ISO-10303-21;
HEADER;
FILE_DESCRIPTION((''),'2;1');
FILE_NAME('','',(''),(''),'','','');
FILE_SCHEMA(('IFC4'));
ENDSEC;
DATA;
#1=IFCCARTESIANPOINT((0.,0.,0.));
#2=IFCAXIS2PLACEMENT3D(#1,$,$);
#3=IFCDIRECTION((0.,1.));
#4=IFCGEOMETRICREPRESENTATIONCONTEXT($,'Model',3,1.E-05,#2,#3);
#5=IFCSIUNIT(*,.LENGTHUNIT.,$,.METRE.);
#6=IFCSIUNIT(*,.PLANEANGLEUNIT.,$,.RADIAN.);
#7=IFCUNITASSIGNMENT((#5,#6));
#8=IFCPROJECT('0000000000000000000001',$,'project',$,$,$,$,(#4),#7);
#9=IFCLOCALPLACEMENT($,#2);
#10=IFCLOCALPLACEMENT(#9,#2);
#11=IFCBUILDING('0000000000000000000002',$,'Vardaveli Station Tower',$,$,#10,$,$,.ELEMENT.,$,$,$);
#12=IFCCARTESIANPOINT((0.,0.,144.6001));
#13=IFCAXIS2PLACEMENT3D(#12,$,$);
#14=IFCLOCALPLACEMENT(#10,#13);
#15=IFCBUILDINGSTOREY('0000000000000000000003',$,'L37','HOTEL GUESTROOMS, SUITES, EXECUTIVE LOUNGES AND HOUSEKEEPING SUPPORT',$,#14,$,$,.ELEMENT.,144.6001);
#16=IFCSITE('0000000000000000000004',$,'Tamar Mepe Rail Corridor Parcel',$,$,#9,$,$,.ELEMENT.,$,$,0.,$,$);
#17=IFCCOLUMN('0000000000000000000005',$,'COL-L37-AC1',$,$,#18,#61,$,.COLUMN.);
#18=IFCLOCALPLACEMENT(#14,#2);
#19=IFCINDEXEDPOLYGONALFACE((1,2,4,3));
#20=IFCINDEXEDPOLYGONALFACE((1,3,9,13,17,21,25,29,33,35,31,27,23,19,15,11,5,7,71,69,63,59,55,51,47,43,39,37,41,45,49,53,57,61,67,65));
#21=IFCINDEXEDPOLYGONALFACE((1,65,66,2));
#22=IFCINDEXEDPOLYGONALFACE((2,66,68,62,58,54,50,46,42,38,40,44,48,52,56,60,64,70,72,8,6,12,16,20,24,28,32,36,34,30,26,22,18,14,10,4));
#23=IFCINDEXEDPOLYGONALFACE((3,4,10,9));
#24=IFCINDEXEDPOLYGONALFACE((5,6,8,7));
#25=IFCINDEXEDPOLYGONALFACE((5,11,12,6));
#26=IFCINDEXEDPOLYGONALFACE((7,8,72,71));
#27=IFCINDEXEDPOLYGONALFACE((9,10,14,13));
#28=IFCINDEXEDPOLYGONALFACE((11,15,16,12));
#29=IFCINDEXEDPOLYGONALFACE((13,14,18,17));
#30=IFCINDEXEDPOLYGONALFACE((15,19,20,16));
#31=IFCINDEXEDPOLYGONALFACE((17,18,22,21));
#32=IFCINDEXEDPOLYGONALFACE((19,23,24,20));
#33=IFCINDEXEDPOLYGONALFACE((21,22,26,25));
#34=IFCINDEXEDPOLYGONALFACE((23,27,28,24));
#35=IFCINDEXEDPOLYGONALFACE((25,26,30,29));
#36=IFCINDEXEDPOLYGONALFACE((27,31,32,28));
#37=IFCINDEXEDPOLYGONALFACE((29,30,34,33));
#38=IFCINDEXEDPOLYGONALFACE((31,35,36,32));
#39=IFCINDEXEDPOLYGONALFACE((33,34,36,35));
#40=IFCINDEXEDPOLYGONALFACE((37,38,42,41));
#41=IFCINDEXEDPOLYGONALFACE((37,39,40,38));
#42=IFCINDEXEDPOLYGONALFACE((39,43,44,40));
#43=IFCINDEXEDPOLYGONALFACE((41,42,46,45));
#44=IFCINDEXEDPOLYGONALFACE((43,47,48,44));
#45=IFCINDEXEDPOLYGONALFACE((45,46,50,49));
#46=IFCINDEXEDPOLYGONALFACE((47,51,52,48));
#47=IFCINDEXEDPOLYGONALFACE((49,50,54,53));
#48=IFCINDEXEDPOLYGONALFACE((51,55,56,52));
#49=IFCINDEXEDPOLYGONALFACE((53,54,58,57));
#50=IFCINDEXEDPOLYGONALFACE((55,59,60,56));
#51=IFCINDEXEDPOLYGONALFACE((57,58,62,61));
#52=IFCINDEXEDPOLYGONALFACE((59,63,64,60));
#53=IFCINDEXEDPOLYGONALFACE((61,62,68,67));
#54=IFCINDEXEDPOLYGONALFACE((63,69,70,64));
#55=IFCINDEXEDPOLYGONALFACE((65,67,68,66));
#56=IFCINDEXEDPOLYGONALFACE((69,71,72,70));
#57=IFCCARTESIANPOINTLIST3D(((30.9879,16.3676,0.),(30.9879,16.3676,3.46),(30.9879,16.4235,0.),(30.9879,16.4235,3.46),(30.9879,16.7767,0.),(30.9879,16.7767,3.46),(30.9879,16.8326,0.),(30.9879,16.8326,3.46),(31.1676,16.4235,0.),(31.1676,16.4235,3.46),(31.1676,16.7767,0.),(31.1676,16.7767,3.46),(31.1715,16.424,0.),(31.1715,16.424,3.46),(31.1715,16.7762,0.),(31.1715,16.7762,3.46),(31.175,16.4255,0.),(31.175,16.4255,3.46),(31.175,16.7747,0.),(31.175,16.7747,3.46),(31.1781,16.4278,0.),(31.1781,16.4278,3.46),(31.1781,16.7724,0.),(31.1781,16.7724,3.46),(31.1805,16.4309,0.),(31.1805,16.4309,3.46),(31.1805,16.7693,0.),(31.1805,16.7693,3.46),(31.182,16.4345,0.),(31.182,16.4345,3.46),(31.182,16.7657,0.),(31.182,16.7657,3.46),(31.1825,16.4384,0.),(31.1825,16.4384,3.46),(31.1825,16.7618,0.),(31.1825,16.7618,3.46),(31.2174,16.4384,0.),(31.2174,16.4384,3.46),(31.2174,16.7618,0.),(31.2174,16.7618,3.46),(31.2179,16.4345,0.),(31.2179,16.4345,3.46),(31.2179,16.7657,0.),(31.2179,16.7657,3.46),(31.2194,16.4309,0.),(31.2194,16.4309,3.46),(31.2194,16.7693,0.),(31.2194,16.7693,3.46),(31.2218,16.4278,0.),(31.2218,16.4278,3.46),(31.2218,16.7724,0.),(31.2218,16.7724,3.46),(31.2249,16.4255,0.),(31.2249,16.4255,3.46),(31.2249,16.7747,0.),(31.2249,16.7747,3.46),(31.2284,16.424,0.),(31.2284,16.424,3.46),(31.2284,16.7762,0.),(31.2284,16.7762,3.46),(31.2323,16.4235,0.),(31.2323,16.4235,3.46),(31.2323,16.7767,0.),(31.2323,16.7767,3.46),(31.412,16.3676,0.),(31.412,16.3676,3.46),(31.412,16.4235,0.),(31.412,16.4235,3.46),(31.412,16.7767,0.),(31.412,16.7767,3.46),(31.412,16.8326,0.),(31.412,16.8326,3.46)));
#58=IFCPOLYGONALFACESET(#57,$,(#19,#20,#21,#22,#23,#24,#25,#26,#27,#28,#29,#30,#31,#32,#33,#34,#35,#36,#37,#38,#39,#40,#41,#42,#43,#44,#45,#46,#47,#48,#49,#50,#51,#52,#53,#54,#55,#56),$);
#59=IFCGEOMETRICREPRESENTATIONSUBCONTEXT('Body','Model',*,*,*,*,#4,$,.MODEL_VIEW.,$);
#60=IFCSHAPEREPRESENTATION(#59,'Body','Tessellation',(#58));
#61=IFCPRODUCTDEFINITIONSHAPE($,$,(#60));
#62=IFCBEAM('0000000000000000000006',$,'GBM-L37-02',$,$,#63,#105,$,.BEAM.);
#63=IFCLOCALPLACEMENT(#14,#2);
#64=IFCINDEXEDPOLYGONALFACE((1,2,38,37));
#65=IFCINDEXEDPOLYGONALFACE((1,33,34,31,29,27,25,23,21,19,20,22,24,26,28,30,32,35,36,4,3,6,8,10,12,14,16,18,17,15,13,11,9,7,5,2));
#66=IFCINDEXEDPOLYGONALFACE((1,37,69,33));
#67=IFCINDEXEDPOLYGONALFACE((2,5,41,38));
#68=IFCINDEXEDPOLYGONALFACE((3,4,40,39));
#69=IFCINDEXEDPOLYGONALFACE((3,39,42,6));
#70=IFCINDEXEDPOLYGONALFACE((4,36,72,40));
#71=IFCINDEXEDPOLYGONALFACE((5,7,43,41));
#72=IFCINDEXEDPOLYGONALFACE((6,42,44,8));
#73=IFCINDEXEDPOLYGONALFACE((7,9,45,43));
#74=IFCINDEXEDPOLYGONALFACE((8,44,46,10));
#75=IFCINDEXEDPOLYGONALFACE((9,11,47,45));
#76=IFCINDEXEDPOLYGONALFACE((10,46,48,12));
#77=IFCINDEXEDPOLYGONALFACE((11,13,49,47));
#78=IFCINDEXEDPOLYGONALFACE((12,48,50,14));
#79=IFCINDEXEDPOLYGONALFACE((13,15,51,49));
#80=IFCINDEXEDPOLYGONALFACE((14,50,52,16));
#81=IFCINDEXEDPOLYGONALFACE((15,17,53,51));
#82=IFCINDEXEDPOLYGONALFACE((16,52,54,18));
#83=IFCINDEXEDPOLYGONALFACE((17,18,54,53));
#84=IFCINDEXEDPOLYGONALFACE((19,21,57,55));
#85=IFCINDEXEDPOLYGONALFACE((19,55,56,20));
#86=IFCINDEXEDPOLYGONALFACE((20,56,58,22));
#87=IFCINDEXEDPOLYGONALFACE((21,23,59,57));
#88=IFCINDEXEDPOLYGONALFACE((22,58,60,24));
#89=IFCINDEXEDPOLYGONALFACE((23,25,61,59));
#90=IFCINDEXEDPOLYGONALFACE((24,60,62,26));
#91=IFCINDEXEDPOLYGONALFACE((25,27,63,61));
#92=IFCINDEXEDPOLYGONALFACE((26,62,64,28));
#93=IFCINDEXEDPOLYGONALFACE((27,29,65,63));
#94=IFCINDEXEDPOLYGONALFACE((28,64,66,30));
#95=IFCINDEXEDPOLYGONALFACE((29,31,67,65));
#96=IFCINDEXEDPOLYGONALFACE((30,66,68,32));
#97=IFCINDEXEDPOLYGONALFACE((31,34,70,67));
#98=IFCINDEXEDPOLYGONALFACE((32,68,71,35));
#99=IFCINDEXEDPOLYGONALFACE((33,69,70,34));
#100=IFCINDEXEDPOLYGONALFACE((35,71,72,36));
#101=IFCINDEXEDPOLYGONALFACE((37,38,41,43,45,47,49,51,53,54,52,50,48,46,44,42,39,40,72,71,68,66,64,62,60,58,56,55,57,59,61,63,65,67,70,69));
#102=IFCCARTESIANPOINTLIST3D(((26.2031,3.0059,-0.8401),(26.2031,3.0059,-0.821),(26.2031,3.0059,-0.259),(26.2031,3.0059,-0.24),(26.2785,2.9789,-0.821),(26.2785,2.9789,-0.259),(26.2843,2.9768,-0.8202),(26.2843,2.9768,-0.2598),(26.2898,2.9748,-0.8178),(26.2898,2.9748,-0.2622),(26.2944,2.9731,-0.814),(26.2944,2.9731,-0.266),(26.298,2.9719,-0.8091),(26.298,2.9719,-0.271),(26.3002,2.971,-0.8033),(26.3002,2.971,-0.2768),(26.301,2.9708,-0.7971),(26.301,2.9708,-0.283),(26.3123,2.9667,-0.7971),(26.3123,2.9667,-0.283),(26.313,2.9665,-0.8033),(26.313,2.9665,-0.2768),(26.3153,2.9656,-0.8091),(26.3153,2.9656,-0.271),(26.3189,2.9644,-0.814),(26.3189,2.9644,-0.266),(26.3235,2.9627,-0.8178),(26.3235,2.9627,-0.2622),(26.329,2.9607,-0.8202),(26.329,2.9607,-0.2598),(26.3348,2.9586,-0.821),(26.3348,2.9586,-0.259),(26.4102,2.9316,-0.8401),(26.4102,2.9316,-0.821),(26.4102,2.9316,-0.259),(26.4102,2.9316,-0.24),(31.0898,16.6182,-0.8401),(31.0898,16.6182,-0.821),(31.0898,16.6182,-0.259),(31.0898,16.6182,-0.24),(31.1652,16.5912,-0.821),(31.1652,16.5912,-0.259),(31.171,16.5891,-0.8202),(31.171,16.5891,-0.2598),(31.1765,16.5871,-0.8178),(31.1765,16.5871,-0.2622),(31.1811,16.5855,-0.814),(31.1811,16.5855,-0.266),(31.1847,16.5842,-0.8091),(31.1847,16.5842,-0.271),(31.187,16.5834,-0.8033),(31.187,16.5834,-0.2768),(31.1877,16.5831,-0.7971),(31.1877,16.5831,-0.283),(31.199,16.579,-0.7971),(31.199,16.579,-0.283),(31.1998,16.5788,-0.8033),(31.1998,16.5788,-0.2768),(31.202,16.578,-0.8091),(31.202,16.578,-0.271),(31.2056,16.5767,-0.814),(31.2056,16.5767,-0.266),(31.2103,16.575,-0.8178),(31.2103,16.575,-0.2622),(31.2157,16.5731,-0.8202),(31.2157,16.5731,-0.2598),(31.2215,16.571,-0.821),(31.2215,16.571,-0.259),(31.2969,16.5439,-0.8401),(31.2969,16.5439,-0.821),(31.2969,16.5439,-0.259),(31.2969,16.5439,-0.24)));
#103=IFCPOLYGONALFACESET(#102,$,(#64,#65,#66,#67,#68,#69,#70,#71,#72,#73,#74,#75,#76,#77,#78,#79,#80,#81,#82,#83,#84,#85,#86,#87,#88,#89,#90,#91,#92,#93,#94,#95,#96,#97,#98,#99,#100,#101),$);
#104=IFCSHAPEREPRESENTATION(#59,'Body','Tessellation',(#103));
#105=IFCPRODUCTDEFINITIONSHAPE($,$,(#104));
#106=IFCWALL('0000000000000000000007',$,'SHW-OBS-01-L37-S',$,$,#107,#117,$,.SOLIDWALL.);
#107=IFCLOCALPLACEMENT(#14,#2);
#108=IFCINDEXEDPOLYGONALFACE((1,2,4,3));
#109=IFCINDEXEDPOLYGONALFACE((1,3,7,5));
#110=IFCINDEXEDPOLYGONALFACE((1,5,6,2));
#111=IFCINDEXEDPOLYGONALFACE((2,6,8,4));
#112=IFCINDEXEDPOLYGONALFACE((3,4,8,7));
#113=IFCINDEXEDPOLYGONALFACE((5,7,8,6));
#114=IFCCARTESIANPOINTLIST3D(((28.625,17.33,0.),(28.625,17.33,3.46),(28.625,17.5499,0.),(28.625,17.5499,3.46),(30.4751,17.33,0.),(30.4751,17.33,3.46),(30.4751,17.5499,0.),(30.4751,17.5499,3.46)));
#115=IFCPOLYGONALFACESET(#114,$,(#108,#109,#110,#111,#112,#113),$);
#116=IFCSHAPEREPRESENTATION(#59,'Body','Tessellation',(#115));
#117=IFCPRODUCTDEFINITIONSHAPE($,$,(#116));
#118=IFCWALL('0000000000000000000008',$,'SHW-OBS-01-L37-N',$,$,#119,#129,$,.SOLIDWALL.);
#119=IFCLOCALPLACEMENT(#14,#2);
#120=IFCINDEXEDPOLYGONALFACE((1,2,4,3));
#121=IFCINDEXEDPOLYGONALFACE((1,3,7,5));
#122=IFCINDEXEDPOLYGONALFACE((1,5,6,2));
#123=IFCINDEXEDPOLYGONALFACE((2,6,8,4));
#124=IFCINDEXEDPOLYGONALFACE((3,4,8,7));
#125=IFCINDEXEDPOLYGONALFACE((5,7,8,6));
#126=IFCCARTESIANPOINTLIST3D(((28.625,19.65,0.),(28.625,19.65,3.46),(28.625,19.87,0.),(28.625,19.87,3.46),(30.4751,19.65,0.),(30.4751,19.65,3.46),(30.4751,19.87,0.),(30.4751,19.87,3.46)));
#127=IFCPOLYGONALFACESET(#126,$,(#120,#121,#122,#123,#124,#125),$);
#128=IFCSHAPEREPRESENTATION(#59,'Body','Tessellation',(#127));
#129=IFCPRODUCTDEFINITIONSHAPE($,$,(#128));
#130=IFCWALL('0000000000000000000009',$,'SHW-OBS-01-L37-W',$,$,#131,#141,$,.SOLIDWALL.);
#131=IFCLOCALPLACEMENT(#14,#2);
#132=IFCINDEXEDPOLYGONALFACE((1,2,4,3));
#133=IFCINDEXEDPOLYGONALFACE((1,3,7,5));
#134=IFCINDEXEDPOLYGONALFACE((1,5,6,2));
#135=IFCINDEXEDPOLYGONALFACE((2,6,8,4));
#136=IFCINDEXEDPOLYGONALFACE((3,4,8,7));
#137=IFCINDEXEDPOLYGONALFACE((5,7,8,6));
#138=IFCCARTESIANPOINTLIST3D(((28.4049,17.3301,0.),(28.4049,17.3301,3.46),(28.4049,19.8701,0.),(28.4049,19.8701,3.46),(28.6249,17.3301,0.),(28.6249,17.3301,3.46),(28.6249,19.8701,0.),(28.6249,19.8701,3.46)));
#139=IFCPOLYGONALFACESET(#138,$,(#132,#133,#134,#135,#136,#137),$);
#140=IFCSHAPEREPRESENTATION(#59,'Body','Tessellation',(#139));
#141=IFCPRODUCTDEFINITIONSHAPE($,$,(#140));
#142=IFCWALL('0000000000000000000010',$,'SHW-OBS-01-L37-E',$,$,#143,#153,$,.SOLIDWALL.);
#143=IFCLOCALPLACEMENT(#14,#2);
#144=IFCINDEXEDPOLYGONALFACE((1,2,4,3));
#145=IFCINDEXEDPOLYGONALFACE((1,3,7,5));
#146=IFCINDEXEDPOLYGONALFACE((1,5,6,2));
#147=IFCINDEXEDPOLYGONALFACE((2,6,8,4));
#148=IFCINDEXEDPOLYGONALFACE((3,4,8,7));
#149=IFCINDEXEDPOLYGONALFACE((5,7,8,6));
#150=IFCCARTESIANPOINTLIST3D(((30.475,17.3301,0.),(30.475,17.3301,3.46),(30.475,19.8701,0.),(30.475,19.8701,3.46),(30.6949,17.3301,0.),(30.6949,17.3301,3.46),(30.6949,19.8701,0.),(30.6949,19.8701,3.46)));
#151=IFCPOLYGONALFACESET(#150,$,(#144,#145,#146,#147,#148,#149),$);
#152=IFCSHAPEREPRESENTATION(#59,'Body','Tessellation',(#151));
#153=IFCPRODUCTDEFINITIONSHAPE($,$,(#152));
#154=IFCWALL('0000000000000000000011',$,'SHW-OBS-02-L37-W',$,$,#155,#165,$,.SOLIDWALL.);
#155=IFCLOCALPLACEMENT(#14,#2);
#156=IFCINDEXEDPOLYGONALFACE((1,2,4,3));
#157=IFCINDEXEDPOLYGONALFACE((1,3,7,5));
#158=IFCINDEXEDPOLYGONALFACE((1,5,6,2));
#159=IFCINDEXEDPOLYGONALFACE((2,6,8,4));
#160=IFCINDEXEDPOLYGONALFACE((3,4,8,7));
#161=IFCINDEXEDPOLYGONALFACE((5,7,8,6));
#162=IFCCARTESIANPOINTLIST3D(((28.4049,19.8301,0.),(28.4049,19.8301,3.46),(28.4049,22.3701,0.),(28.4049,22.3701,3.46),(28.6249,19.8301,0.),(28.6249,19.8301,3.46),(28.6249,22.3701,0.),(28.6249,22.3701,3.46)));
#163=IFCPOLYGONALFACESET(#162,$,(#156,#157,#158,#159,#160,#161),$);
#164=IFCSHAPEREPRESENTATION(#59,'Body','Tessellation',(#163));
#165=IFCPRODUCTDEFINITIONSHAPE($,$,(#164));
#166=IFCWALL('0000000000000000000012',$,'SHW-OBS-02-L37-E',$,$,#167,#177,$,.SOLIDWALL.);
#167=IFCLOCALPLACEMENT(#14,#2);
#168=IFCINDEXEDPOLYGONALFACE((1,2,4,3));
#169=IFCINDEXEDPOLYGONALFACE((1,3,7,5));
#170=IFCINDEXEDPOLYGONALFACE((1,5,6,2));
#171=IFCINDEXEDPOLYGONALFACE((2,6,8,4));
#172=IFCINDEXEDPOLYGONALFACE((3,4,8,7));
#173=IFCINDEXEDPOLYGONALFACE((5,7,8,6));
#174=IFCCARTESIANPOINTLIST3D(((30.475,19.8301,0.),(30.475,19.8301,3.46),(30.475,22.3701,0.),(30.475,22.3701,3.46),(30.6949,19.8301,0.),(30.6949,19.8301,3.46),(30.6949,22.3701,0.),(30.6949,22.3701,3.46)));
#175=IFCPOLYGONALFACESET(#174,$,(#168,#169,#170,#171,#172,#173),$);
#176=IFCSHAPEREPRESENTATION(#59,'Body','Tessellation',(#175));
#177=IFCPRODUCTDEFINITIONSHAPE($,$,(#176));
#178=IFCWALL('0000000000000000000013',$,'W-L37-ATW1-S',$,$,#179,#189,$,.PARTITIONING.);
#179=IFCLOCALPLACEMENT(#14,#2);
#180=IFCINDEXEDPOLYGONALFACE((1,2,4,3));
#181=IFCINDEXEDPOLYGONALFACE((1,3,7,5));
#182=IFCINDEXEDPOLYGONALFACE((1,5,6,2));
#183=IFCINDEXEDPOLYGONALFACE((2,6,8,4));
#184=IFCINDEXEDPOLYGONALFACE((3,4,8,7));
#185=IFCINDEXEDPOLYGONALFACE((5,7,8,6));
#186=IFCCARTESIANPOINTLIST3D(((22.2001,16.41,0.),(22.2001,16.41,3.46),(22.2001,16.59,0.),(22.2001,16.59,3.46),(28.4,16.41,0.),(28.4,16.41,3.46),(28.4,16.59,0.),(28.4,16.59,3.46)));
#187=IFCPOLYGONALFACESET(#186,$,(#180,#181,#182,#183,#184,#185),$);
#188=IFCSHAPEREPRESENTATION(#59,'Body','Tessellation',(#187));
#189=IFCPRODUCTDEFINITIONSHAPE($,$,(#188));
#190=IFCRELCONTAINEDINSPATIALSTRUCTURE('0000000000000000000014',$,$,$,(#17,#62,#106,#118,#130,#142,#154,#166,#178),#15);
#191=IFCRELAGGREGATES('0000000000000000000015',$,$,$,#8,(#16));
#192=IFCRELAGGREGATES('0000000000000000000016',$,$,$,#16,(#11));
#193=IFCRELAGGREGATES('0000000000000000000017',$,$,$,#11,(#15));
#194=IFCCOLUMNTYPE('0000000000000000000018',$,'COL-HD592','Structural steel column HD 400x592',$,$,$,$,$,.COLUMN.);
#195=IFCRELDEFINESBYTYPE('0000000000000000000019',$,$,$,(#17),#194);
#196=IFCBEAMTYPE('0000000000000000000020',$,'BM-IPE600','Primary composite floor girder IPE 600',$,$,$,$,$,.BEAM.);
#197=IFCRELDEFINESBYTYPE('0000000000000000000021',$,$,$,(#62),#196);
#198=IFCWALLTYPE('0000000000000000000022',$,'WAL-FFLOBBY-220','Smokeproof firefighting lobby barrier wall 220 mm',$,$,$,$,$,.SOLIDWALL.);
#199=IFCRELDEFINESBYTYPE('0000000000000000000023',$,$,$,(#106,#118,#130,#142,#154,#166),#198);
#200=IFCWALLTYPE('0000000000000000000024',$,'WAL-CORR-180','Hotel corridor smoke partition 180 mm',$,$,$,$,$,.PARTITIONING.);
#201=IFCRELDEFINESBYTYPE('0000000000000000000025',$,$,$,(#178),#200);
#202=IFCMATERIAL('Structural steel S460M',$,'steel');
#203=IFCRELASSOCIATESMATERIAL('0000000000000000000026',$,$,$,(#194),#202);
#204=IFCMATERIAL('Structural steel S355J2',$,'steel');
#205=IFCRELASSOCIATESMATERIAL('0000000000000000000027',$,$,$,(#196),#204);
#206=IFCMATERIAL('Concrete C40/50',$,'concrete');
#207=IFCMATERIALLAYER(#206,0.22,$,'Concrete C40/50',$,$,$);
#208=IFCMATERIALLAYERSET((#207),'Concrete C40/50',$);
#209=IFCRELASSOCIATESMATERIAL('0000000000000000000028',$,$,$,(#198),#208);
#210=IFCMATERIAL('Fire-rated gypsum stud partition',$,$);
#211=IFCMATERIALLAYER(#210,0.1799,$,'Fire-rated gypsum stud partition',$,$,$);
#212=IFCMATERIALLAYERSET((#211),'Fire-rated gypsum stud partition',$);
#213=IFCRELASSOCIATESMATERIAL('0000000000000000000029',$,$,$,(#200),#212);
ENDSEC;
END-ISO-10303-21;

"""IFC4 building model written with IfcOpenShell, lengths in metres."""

from ifc_helpers import new_model, si_unit, direction, frame, frame_2d, origin, origin_2d, place, context, subcontext, project, spatial, rectangle, i_section, extrude, source, transform, mapped, material, layer, layer_set, material_profile, profile_set, type_object, element, save


model = new_model("IFC4")

# Units and contexts
model_context = context("Model", 3, precision=1e-05, world=origin(), true_north=direction((0.0, 1.0)))
body_context = subcontext(model_context, "Body", "Model", "MODEL_VIEW")
ifc_project = project(units=[si_unit("LENGTHUNIT", "METRE"), si_unit("PLANEANGLEUNIT", "RADIAN")], contexts=[model_context])

# Site, building, storey
site_placement = place(None, origin())
site = spatial("IfcSite", under=ifc_project, at=site_placement, Name="Tamar Mepe Rail Corridor Parcel", CompositionType="ELEMENT", RefElevation=0.0)
building_placement = place(site_placement, origin())
building = spatial("IfcBuilding", under=site, at=building_placement, Name="Vardaveli Station Tower", CompositionType="ELEMENT")
storey_placement = place(building_placement, frame((0.0, 0.0, 144.6001)))
storey = spatial("IfcBuildingStorey", under=building, at=storey_placement, Name="L37", Description="HOTEL GUESTROOMS, SUITES, EXECUTIVE LOUNGES AND HOUSEKEEPING SUPPORT", CompositionType="ELEMENT", Elevation=144.6001)

# Column
ifc_material_1 = material(Name="Structural steel S460M", Category="steel")
ifc_material_profile_1 = material_profile(ifc_material_1, i_section(OverallWidth=0.4241, OverallDepth=0.4651, WebThickness=0.0349, FlangeThickness=0.0559, FilletRadius=0.0149, at=origin_2d()), Name="HD 400x592")
ifc_profile_set_1 = profile_set([ifc_material_profile_1], Name="Structural steel S460M")
column_type = type_object("IfcColumnType", Name="COL-HD592", Description="Structural steel column HD 400x592", PredefinedType="COLUMN", material=ifc_profile_set_1)
shared_shape_1 = source(origin(), body_context, "Body", "SweptSolid", [
    extrude(i_section(OverallWidth=0.4241, OverallDepth=0.4651, WebThickness=0.0349, FlangeThickness=0.0559, FilletRadius=0.0149, at=origin_2d()), origin(), (0.0, 0.0, 1.0), 3.46),
])
column_placement = place(storey_placement, frame((31.2, 16.6001, 0.0), z_axis=(0.0, 0.0, 1.0), x_axis=(1.0, 0.0, 0.0)))
element("IfcColumn", 1, at=column_placement, inside=storey, type_object=column_type, Name="COL-L37-AC1", PredefinedType="COLUMN", context=body_context, shape_type="MappedRepresentation", body=[
    mapped(shared_shape_1, transform((0.0, 0.0, 0.0), scale=1.0)),
])

# Beam
ifc_material_2 = material(Name="Structural steel S355J2", Category="steel")
ifc_material_profile_2 = material_profile(ifc_material_2, i_section(OverallWidth=0.22, OverallDepth=0.6001, WebThickness=0.012, FlangeThickness=0.019, FilletRadius=0.0239, at=origin_2d()), Name="IPE 600")
ifc_profile_set_2 = profile_set([ifc_material_profile_2], Name="Structural steel S355J2")
beam_type = type_object("IfcBeamType", Name="BM-IPE600", Description="Primary composite floor girder IPE 600", PredefinedType="BEAM", material=ifc_profile_set_2)
shared_shape_2 = source(origin(), body_context, "Body", "SweptSolid", [
    extrude(i_section(OverallWidth=0.22, OverallDepth=0.6001, WebThickness=0.012, FlangeThickness=0.019, FilletRadius=0.0239, at=origin_2d()), origin(), (0.0, 0.0, 1.0), 14.4629),
])
beam_placement = place(storey_placement, frame((26.3066, 2.9688, -0.54), z_axis=(0.33788, 0.941189, 0.0), x_axis=(-0.941189, 0.33788, 0.0)))
element("IfcBeam", 2, at=beam_placement, inside=storey, type_object=beam_type, Name="GBM-L37-02", PredefinedType="BEAM", context=body_context, shape_type="MappedRepresentation", body=[
    mapped(shared_shape_2, transform((0.0, 0.0, 0.0), scale=1.0)),
])

# Walls
ifc_material_3 = material(Name="Concrete C40/50", Category="concrete")
ifc_layer_1 = layer(ifc_material_3, 0.22, Name="Concrete C40/50")
ifc_layer_set_1 = layer_set([ifc_layer_1], Name="Concrete C40/50")
wall_type_1 = type_object("IfcWallType", Name="WAL-FFLOBBY-220", Description="Smokeproof firefighting lobby barrier wall 220 mm", PredefinedType="SOLIDWALL", material=ifc_layer_set_1)
shared_shape_3 = source(origin(), body_context, "Body", "SweptSolid", [
    extrude(rectangle(XDim=1.8501, YDim=0.22, at=frame_2d((0.925, 0.0))), origin(), (0.0, 0.0, 1.0), 3.46),
])
for number, where, z_axis, x_axis, name in (
    (3, (28.625, 17.4399, 0.0), (0.0, 0.0, 1.0), (1.0, 0.0, 0.0), "SHW-OBS-01-L37-S"),
    (4, (28.625, 19.76, 0.0), (0.0, 0.0, 1.0), (1.0, 0.0, 0.0), "SHW-OBS-01-L37-N"),
):
    element("IfcWall", number, at=place(storey_placement, frame(where, z_axis=z_axis, x_axis=x_axis)), inside=storey, type_object=wall_type_1, Name=name, PredefinedType="SOLIDWALL", context=body_context, shape_type="MappedRepresentation", body=[
        mapped(shared_shape_3, transform((0.0, 0.0, 0.0), scale=1.0)),
    ])
shared_shape_4 = source(origin(), body_context, "Body", "SweptSolid", [
    extrude(rectangle(XDim=2.54, YDim=0.22, at=frame_2d((1.27, 0.0))), origin(), (0.0, 0.0, 1.0), 3.46),
])
for number, where, z_axis, x_axis, name in (
    (5, (28.5149, 17.3301, 0.0), (0.0, 0.0, 1.0), (0.0, 1.0, 0.0), "SHW-OBS-01-L37-W"),
    (6, (30.585, 17.3301, 0.0), (0.0, 0.0, 1.0), (0.0, 1.0, 0.0), "SHW-OBS-01-L37-E"),
    (7, (28.5149, 19.8301, 0.0), (0.0, 0.0, 1.0), (0.0, 1.0, 0.0), "SHW-OBS-02-L37-W"),
    (8, (30.585, 19.8301, 0.0), (0.0, 0.0, 1.0), (0.0, 1.0, 0.0), "SHW-OBS-02-L37-E"),
):
    element("IfcWall", number, at=place(storey_placement, frame(where, z_axis=z_axis, x_axis=x_axis)), inside=storey, type_object=wall_type_1, Name=name, PredefinedType="SOLIDWALL", context=body_context, shape_type="MappedRepresentation", body=[
        mapped(shared_shape_4, transform((0.0, 0.0, 0.0), scale=1.0)),
    ])
ifc_material_4 = material(Name="Fire-rated gypsum stud partition")
ifc_layer_2 = layer(ifc_material_4, 0.1799, Name="Fire-rated gypsum stud partition")
ifc_layer_set_2 = layer_set([ifc_layer_2], Name="Fire-rated gypsum stud partition")
wall_type_2 = type_object("IfcWallType", Name="WAL-CORR-180", Description="Hotel corridor smoke partition 180 mm", PredefinedType="PARTITIONING", material=ifc_layer_set_2)
shared_shape_5 = source(origin(), body_context, "Body", "SweptSolid", [
    extrude(rectangle(XDim=6.2, YDim=0.1799, at=frame_2d((3.1001, 0.0))), origin(), (0.0, 0.0, 1.0), 3.46),
])
for number, where, z_axis, x_axis, name in (
    (9, (22.2, 16.5, 0.0), (0.0, 0.0, 1.0), (1.0, 0.0, 0.0), "W-L37-ATW1-S"),
):
    element("IfcWall", number, at=place(storey_placement, frame(where, z_axis=z_axis, x_axis=x_axis)), inside=storey, type_object=wall_type_2, Name=name, PredefinedType="PARTITIONING", context=body_context, shape_type="MappedRepresentation", body=[
        mapped(shared_shape_5, transform((0.0, 0.0, 0.0), scale=1.0)),
    ])

save(model, "model.ifc")
